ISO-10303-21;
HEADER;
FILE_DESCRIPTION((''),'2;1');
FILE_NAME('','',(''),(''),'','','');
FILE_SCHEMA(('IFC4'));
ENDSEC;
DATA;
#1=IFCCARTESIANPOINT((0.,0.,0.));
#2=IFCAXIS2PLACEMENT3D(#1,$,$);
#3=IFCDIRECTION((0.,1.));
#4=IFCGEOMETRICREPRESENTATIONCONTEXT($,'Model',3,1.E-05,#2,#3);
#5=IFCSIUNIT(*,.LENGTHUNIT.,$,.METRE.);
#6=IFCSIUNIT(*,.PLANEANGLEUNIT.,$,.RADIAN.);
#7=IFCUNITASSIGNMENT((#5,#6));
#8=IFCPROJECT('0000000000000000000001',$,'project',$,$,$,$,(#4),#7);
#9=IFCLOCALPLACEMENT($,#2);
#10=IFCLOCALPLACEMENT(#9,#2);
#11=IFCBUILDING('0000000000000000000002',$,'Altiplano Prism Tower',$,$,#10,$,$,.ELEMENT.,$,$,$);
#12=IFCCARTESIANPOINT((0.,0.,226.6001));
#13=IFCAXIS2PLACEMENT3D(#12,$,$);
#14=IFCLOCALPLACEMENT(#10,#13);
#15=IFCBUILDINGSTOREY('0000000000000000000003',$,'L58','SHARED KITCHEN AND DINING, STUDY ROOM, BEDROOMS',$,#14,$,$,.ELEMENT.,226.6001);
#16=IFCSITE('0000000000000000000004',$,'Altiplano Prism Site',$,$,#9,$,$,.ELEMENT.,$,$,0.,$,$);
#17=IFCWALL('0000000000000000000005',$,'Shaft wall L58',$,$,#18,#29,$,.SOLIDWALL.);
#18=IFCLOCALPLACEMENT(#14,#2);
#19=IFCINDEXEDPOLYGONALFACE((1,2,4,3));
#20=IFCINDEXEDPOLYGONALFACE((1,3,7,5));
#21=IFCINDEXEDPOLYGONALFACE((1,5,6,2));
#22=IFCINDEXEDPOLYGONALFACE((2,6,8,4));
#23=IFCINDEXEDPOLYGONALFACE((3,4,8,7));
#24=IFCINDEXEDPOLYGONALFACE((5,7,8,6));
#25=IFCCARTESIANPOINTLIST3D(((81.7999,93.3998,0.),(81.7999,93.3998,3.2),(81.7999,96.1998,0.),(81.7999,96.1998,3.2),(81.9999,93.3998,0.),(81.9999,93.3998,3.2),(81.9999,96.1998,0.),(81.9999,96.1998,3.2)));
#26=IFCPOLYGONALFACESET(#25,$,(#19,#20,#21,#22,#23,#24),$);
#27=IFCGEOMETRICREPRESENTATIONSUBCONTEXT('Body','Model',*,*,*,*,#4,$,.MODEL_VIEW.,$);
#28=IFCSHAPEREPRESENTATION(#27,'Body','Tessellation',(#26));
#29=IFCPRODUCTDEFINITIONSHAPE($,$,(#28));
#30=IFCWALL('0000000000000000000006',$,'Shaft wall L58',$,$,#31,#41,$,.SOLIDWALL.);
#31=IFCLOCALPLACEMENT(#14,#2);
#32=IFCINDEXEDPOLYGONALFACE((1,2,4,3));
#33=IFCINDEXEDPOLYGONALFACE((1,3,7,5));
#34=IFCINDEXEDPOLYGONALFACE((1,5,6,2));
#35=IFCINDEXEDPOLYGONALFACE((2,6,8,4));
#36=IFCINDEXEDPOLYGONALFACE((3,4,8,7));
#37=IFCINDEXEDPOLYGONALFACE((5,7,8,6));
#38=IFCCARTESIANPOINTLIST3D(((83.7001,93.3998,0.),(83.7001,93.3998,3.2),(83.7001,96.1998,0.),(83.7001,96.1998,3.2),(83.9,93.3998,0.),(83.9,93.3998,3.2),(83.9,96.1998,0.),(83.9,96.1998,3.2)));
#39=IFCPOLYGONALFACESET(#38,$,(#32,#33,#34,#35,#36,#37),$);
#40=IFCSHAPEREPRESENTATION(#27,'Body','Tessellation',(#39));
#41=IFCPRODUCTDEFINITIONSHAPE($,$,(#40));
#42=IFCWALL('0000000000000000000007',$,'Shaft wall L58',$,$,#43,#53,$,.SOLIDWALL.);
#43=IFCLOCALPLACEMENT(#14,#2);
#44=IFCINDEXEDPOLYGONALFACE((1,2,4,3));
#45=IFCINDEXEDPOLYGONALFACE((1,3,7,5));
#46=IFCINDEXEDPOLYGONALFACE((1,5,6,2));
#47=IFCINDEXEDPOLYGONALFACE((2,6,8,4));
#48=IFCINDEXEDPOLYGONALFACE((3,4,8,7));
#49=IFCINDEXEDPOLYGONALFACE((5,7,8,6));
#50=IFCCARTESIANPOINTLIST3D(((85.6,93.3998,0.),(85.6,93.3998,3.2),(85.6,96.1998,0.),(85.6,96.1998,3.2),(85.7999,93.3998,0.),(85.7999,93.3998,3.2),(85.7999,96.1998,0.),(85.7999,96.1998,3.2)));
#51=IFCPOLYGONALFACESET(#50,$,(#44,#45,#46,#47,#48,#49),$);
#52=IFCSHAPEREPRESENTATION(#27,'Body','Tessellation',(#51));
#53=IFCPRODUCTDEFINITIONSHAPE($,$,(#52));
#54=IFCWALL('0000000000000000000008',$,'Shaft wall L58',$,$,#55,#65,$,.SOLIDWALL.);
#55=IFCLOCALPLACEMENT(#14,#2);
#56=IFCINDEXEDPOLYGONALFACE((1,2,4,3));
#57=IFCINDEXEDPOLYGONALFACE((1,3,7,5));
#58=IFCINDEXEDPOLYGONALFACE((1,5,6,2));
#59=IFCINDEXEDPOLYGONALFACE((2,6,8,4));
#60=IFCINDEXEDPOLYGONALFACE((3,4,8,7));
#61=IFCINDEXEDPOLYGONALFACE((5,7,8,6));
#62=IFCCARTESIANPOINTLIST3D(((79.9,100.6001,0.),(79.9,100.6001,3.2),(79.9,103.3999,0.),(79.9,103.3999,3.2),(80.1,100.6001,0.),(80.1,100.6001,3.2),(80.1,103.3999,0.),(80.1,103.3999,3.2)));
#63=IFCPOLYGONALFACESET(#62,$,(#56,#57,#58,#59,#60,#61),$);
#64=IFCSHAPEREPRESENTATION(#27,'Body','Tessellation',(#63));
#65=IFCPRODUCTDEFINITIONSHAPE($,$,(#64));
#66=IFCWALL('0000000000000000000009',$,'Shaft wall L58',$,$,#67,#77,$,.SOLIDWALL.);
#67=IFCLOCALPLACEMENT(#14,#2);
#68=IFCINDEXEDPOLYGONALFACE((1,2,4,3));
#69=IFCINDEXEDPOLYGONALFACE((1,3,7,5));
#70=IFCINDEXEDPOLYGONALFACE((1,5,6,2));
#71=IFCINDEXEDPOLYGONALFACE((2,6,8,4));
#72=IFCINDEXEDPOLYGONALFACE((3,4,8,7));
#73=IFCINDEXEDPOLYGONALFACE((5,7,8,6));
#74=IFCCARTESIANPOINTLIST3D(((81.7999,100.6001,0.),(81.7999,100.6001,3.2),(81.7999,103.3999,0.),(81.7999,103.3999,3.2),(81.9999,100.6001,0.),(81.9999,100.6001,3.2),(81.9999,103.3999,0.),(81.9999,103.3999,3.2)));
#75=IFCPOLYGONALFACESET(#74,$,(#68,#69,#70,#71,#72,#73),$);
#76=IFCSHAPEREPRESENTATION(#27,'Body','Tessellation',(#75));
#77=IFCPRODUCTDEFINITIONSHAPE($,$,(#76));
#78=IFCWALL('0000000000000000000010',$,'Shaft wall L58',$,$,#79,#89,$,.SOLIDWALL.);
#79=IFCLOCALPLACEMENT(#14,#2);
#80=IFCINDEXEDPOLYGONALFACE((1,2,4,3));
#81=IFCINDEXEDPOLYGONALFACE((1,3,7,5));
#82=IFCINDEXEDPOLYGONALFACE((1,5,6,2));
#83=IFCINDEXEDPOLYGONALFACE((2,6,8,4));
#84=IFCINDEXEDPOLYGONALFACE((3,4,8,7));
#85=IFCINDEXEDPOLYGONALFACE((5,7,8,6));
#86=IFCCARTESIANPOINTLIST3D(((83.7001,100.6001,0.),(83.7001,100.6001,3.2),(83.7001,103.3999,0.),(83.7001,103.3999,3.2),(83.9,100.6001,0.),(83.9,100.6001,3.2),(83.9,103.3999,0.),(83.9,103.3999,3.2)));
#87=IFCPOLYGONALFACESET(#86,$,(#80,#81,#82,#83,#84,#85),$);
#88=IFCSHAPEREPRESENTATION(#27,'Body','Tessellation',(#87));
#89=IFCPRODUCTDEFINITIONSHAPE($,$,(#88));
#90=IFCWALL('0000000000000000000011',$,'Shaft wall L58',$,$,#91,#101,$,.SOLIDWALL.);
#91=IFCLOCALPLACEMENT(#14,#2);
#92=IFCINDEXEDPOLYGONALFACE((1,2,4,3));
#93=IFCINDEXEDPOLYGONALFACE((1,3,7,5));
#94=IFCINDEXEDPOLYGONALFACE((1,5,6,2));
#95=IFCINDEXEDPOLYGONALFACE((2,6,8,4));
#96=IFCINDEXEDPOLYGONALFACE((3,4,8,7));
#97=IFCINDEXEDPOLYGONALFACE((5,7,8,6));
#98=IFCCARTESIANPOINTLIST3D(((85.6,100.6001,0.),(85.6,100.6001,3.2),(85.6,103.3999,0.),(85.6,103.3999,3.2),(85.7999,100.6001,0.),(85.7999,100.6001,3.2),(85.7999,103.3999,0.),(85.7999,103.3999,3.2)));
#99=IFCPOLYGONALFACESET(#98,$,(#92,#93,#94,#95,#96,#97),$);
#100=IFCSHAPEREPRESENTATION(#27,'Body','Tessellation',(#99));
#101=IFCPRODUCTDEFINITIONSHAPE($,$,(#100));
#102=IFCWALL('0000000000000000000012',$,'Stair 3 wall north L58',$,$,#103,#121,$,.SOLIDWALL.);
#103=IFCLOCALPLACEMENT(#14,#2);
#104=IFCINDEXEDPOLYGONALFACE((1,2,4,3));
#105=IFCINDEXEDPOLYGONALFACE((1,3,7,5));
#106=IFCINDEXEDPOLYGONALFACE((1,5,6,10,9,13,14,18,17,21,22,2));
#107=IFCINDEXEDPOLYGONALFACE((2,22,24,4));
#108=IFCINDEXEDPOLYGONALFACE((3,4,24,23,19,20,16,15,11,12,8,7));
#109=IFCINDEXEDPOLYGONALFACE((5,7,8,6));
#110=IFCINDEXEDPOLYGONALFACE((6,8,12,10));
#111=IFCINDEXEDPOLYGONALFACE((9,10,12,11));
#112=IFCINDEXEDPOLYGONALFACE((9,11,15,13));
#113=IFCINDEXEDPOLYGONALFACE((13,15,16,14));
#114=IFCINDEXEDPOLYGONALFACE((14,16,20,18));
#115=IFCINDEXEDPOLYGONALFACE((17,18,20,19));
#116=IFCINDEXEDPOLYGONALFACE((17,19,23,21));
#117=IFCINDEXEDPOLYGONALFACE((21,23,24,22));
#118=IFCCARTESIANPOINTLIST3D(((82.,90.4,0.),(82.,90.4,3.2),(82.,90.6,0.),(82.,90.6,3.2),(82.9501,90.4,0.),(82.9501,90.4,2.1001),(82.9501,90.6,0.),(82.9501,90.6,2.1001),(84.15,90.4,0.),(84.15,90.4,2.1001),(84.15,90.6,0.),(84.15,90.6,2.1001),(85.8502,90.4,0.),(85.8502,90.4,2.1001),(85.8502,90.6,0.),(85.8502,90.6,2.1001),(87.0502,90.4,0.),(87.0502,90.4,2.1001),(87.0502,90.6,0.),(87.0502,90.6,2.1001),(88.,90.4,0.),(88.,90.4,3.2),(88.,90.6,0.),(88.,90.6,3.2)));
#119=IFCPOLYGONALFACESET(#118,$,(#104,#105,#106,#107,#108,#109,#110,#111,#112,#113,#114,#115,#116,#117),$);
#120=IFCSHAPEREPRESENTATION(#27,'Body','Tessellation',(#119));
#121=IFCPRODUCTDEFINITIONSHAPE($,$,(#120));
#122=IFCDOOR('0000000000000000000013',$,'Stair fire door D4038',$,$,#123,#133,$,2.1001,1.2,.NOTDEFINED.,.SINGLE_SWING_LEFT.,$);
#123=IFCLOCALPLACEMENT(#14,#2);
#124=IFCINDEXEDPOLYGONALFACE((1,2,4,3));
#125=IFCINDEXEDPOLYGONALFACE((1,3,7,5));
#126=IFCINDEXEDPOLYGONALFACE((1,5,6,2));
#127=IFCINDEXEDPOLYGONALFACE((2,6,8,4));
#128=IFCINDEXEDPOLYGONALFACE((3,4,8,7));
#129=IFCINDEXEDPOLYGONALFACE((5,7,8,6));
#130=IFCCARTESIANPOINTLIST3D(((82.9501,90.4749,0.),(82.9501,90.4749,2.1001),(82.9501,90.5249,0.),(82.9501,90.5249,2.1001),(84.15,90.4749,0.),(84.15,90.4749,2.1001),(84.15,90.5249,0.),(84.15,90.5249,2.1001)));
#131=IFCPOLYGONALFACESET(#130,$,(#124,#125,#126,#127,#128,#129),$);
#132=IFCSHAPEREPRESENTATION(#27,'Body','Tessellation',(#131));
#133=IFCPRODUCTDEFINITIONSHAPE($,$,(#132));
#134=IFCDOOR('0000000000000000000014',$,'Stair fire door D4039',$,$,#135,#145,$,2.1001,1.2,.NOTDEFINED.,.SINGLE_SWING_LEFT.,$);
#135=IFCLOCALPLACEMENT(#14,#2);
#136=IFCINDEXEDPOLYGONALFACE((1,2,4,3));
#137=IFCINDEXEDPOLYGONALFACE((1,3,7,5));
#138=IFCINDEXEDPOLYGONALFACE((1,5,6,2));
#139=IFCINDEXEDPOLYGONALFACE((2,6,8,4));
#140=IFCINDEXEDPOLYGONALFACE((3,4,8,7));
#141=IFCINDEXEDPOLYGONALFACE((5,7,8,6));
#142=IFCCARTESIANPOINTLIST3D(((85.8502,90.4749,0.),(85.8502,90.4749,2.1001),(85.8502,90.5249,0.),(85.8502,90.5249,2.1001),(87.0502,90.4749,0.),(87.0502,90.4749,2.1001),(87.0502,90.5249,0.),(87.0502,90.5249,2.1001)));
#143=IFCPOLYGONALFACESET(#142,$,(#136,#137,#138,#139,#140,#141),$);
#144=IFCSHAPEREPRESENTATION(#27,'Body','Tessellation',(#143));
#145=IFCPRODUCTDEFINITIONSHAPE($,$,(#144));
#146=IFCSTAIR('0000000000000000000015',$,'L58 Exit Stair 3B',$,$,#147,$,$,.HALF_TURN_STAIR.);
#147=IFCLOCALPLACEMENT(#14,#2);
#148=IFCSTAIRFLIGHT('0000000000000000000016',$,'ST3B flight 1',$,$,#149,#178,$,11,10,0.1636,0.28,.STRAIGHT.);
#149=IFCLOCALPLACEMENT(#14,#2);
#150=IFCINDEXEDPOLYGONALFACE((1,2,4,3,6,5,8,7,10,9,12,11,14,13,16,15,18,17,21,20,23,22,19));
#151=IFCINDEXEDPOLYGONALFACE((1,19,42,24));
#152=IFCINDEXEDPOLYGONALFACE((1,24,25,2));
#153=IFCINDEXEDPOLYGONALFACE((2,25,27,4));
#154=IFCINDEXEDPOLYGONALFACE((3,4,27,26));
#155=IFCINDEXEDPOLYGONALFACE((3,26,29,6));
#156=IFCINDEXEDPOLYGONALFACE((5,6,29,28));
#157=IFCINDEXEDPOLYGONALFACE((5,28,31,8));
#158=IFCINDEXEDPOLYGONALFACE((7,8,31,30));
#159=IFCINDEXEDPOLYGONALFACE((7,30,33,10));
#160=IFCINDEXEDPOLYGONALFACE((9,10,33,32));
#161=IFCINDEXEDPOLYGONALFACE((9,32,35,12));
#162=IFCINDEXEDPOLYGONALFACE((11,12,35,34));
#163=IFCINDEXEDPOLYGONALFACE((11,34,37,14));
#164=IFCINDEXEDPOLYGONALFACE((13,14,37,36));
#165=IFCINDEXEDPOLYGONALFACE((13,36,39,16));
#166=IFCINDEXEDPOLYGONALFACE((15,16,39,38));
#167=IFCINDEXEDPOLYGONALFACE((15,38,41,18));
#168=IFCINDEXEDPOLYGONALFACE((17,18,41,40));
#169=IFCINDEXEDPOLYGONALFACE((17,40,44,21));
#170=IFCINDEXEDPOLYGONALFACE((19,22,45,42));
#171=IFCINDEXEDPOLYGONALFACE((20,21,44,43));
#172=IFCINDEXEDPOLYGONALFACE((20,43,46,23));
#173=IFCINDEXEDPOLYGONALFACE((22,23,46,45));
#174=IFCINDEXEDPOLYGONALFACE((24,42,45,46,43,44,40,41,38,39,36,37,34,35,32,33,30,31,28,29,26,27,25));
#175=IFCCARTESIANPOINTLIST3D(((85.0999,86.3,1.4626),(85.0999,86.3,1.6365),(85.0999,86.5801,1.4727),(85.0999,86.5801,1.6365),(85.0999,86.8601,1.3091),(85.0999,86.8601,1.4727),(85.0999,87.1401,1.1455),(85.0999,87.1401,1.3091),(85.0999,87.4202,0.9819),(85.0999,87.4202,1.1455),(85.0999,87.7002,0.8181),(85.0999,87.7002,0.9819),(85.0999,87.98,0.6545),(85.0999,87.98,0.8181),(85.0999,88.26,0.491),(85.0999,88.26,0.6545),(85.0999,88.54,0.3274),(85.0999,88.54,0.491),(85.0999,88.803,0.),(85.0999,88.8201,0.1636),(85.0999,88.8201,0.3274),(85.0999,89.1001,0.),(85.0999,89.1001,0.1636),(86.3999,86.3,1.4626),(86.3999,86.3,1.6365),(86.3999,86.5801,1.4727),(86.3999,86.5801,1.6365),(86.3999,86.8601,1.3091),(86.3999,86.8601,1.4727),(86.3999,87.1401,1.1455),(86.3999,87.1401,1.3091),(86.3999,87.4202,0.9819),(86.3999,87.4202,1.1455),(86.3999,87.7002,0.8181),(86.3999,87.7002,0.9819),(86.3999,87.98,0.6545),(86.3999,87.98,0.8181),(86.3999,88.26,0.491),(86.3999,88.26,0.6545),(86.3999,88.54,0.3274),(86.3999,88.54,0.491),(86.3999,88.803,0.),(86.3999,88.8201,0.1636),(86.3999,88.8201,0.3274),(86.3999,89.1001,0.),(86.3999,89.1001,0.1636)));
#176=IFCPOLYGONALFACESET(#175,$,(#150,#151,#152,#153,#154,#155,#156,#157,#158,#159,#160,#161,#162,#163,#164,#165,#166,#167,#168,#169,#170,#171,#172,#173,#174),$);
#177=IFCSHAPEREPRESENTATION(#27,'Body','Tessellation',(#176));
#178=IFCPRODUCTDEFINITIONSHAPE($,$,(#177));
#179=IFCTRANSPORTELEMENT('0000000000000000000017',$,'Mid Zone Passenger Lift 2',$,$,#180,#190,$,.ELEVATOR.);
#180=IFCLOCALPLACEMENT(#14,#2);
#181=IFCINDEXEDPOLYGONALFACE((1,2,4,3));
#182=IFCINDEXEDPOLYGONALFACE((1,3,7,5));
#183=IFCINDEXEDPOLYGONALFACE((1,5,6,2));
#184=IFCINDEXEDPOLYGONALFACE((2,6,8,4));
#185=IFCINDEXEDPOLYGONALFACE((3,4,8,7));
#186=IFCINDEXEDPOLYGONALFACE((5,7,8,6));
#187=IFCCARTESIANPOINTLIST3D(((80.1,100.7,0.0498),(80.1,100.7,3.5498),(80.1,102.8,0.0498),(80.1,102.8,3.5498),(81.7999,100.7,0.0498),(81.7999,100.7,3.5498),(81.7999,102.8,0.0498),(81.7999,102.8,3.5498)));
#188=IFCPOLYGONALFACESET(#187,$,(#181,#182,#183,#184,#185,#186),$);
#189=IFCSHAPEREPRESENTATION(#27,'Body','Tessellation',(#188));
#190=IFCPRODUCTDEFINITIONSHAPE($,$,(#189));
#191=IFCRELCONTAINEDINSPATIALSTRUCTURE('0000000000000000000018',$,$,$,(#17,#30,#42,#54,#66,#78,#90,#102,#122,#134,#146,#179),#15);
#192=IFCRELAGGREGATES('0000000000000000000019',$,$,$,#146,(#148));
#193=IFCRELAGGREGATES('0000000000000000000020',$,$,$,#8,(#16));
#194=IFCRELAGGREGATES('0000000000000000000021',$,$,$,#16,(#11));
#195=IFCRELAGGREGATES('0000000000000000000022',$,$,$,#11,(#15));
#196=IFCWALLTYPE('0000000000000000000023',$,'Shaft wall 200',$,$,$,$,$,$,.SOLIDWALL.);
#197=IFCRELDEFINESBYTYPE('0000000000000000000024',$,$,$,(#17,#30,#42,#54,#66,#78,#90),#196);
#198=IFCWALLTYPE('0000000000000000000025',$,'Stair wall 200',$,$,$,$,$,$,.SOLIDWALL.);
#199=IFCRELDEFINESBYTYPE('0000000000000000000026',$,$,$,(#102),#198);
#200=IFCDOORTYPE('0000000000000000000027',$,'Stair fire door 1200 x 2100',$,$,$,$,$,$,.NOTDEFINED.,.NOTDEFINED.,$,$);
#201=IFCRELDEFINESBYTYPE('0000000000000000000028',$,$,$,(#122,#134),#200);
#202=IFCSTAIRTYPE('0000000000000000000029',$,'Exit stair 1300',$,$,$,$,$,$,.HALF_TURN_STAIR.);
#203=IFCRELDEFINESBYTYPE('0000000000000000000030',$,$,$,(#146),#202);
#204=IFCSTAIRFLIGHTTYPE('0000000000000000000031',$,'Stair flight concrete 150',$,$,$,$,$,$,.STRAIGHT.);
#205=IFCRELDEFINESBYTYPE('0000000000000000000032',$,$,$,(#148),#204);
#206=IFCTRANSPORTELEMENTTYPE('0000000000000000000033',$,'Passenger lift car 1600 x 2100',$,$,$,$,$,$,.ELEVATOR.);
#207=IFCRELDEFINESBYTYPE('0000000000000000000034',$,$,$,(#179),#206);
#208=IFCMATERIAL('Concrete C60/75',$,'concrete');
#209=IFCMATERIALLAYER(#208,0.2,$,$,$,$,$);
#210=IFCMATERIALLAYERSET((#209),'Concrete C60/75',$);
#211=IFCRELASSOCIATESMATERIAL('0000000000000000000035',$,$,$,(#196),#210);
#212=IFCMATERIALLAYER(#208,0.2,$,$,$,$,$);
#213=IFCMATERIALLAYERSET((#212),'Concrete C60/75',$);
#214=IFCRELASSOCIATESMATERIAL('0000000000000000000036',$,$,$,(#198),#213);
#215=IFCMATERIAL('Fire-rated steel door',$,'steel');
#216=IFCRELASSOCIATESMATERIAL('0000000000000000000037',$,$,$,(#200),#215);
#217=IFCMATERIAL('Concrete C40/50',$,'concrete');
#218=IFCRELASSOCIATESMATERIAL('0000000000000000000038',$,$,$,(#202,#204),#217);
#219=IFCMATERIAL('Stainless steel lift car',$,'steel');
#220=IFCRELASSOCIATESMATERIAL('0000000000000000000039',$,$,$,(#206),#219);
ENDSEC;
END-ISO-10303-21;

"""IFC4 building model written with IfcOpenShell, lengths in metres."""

from ifc_helpers import new_model, si_unit, direction, frame, frame_2d, origin, origin_2d, place, context, subcontext, project, spatial, polyline, rectangle, outline, extrude, material, layer, layer_set, type_object, element, fill, aggregate, save


model = new_model("IFC4")

# Units and contexts
model_context = context("Model", 3, precision=1e-05, world=origin(), true_north=direction((0.0, 1.0)))
body_context = subcontext(model_context, "Body", "Model", "MODEL_VIEW")
ifc_project = project(units=[si_unit("LENGTHUNIT", "METRE"), si_unit("PLANEANGLEUNIT", "RADIAN")], contexts=[model_context])

# Site, building, storey
site_placement = place(None, origin())
site = spatial("IfcSite", under=ifc_project, at=site_placement, Name="Altiplano Prism Site", CompositionType="ELEMENT", RefElevation=0.0)
building_placement = place(site_placement, origin())
building = spatial("IfcBuilding", under=site, at=building_placement, Name="Altiplano Prism Tower", CompositionType="ELEMENT")
storey_placement = place(building_placement, frame((0.0, 0.0, 226.6001)))
storey = spatial("IfcBuildingStorey", under=building, at=storey_placement, Name="L58", Description="SHARED KITCHEN AND DINING, STUDY ROOM, BEDROOMS", CompositionType="ELEMENT", Elevation=226.6001)

# Walls
ifc_material_1 = material(Name="Concrete C60/75", Category="concrete")
ifc_layer_1 = layer(ifc_material_1, 0.2)
ifc_layer_set_1 = layer_set([ifc_layer_1], Name="Concrete C60/75")
wall_type_1 = type_object("IfcWallType", Name="Shaft wall 200", PredefinedType="SOLIDWALL", material=ifc_layer_set_1)
for number, where, z_axis, x_axis, name in (
    (1, (81.8999, 93.3999, 0.0), (0.0, 0.0, 1.0), (0.0, 1.0, 0.0), "Shaft wall L58"),
    (2, (83.8, 93.3999, 0.0), (0.0, 0.0, 1.0), (0.0, 1.0, 0.0), "Shaft wall L58"),
    (3, (85.7, 93.3999, 0.0), (0.0, 0.0, 1.0), (0.0, 1.0, 0.0), "Shaft wall L58"),
):
    element("IfcWall", number, at=place(storey_placement, frame(where, z_axis=z_axis, x_axis=x_axis)), inside=storey, type_object=wall_type_1, Name=name, PredefinedType="SOLIDWALL", context=body_context, shape_type="SweptSolid", body=[
        extrude(rectangle(XDim=2.8, YDim=0.2, at=frame_2d((1.3999, 0.0))), origin(), (0.0, 0.0, 1.0), 3.2),
    ])
for number, where, z_axis, x_axis, name in (
    (4, (80.0, 100.6001, 0.0), (0.0, 0.0, 1.0), (0.0, 1.0, 0.0), "Shaft wall L58"),
    (5, (81.8999, 100.6001, 0.0), (0.0, 0.0, 1.0), (0.0, 1.0, 0.0), "Shaft wall L58"),
    (6, (83.8, 100.6001, 0.0), (0.0, 0.0, 1.0), (0.0, 1.0, 0.0), "Shaft wall L58"),
    (7, (85.7, 100.6001, 0.0), (0.0, 0.0, 1.0), (0.0, 1.0, 0.0), "Shaft wall L58"),
):
    element("IfcWall", number, at=place(storey_placement, frame(where, z_axis=z_axis, x_axis=x_axis)), inside=storey, type_object=wall_type_1, Name=name, PredefinedType="SOLIDWALL", context=body_context, shape_type="SweptSolid", body=[
        extrude(rectangle(XDim=2.7998, YDim=0.2, at=frame_2d((1.3999, 0.0))), origin(), (0.0, 0.0, 1.0), 3.2),
    ])

# Wall, openings, doors
ifc_layer_2 = layer(ifc_material_1, 0.2)
ifc_layer_set_2 = layer_set([ifc_layer_2], Name="Concrete C60/75")
wall_type_2 = type_object("IfcWallType", Name="Stair wall 200", PredefinedType="SOLIDWALL", material=ifc_layer_set_2)
wall_placement = place(storey_placement, frame((82.0, 90.5, 0.0), z_axis=(0.0, 0.0, 1.0), x_axis=(1.0, 0.0, 0.0)))
wall = element("IfcWall", 8, at=wall_placement, inside=storey, type_object=wall_type_2, Name="Stair 3 wall north L58", PredefinedType="SOLIDWALL", context=body_context, shape_type="SweptSolid", body=[
    extrude(rectangle(XDim=6.0, YDim=0.2, at=frame_2d((3.0, 0.0))), origin(), (0.0, 0.0, 1.0), 3.2),
])
opening_1_placement = place(wall_placement, frame((0.95, 0.0, 0.0)))
opening_1 = element("IfcOpeningElement", 9, at=opening_1_placement, cuts=wall, PredefinedType="OPENING", context=body_context, shape_type="SweptSolid", body=[
    extrude(rectangle(XDim=1.2, YDim=2.1001, at=frame_2d((0.6001, 1.05))), frame((0.0, 0.1104, 0.0), z_axis=(0.0, -1.0, 0.0), x_axis=(1.0, 0.0, 0.0)), (0.0, 0.0, 1.0), 0.2209),
])
opening_2_placement = place(wall_placement, frame((3.8501, 0.0, 0.0)))
opening_2 = element("IfcOpeningElement", 10, at=opening_2_placement, cuts=wall, PredefinedType="OPENING", context=body_context, shape_type="SweptSolid", body=[
    extrude(rectangle(XDim=1.2, YDim=2.1001, at=frame_2d((0.6001, 1.05))), frame((0.0, 0.1104, 0.0), z_axis=(0.0, -1.0, 0.0), x_axis=(1.0, 0.0, 0.0)), (0.0, 0.0, 1.0), 0.2209),
])
ifc_material_2 = material(Name="Fire-rated steel door", Category="steel")
door_type = type_object("IfcDoorType", Name="Stair fire door 1200 x 2100", OperationType="NOTDEFINED", PredefinedType="NOTDEFINED", material=ifc_material_2)
door_1_placement = place(opening_1_placement, origin())
door_1 = element("IfcDoor", 11, at=door_1_placement, inside=storey, type_object=door_type, Name="Stair fire door D4038", OperationType="SINGLE_SWING_LEFT", OverallHeight=2.1001, OverallWidth=1.2, PredefinedType="NOTDEFINED", context=body_context, shape_type="SweptSolid", body=[
    extrude(rectangle(XDim=1.2, YDim=2.1001, at=frame_2d((0.6001, 1.05))), frame((0.0, 0.0249, 0.0), z_axis=(0.0, -1.0, 0.0), x_axis=(1.0, 0.0, 0.0)), (0.0, 0.0, 1.0), 0.05),
])
fill(opening_1, door_1)
door_2_placement = place(opening_2_placement, origin())
door_2 = element("IfcDoor", 12, at=door_2_placement, inside=storey, type_object=door_type, Name="Stair fire door D4039", OperationType="SINGLE_SWING_LEFT", OverallHeight=2.1001, OverallWidth=1.2, PredefinedType="NOTDEFINED", context=body_context, shape_type="SweptSolid", body=[
    extrude(rectangle(XDim=1.2, YDim=2.1001, at=frame_2d((0.6001, 1.05))), frame((0.0, 0.0249, 0.0), z_axis=(0.0, -1.0, 0.0), x_axis=(1.0, 0.0, 0.0)), (0.0, 0.0, 1.0), 0.05),
])
fill(opening_2, door_2)

# Stair, stair flight
ifc_material_3 = material(Name="Concrete C40/50", Category="concrete")
stair_type = type_object("IfcStairType", Name="Exit stair 1300", PredefinedType="HALF_TURN_STAIR", material=ifc_material_3)
stair_placement = place(storey_placement, origin())
stair = element("IfcStair", 13, at=stair_placement, inside=storey, type_object=stair_type, Name="L58 Exit Stair 3B", PredefinedType="HALF_TURN_STAIR")
stair_flight_type = type_object("IfcStairFlightType", Name="Stair flight concrete 150", PredefinedType="STRAIGHT", material=ifc_material_3)
stair_flight_placement = place(storey_placement, frame((85.75, 89.1001, 0.0), z_axis=(0.0, 0.0, 1.0), x_axis=(0.0, -1.0, 0.0)))
stair_flight = element("IfcStairFlight", 14, at=stair_flight_placement, type_object=stair_flight_type, Name="ST3B flight 1", NumberOfRisers=11, NumberOfTreads=10, PredefinedType="STRAIGHT", RiserHeight=0.1636, TreadLength=0.28, context=body_context, shape_type="SweptSolid", body=[
    extrude(outline(polyline([(0.0, 0.0), (0.0, 0.1636), (0.28, 0.1636), (0.28, 0.3274), (0.5601, 0.3274), (0.5601, 0.491), (0.8401, 0.491), (0.8401, 0.6545), (1.1201, 0.6545), (1.1201, 0.8181), (1.3999, 0.8181), (1.3999, 0.9819), (1.6799, 0.9819), (1.6799, 1.1455), (1.96, 1.1455), (1.96, 1.3091), (2.24, 1.3091), (2.24, 1.4727), (2.52, 1.4727), (2.52, 1.6365), (2.8, 1.6365), (2.8, 1.8), (2.8, 1.4626), (0.2971, 0.0), (0.0, 0.0)])), frame((0.0, 0.6499, 0.0), z_axis=(0.0, -1.0, 0.0), x_axis=(1.0, 0.0, 0.0)), (0.0, 0.0, 1.0), 1.3),
])
aggregate(stair, [stair_flight])

# Transport element
ifc_material_4 = material(Name="Stainless steel lift car", Category="steel")
transport_element_type = type_object("IfcTransportElementType", Name="Passenger lift car 1600 x 2100", PredefinedType="ELEVATOR", material=ifc_material_4)
for number, where, z_axis, x_axis, name in (
    (15, (80.95, 101.75, 0.0498), (0.0, 0.0, 1.0), (1.0, 0.0, 0.0), "Mid Zone Passenger Lift 2"),
):
    element("IfcTransportElement", number, at=place(storey_placement, frame(where, z_axis=z_axis, x_axis=x_axis)), inside=storey, type_object=transport_element_type, Name=name, PredefinedType="ELEVATOR", context=body_context, shape_type="SweptSolid", body=[
        extrude(rectangle(XDim=1.7, YDim=2.1001, at=origin_2d()), origin(), (0.0, 0.0, 1.0), 3.5),
    ])

save(model, "model.ifc")
